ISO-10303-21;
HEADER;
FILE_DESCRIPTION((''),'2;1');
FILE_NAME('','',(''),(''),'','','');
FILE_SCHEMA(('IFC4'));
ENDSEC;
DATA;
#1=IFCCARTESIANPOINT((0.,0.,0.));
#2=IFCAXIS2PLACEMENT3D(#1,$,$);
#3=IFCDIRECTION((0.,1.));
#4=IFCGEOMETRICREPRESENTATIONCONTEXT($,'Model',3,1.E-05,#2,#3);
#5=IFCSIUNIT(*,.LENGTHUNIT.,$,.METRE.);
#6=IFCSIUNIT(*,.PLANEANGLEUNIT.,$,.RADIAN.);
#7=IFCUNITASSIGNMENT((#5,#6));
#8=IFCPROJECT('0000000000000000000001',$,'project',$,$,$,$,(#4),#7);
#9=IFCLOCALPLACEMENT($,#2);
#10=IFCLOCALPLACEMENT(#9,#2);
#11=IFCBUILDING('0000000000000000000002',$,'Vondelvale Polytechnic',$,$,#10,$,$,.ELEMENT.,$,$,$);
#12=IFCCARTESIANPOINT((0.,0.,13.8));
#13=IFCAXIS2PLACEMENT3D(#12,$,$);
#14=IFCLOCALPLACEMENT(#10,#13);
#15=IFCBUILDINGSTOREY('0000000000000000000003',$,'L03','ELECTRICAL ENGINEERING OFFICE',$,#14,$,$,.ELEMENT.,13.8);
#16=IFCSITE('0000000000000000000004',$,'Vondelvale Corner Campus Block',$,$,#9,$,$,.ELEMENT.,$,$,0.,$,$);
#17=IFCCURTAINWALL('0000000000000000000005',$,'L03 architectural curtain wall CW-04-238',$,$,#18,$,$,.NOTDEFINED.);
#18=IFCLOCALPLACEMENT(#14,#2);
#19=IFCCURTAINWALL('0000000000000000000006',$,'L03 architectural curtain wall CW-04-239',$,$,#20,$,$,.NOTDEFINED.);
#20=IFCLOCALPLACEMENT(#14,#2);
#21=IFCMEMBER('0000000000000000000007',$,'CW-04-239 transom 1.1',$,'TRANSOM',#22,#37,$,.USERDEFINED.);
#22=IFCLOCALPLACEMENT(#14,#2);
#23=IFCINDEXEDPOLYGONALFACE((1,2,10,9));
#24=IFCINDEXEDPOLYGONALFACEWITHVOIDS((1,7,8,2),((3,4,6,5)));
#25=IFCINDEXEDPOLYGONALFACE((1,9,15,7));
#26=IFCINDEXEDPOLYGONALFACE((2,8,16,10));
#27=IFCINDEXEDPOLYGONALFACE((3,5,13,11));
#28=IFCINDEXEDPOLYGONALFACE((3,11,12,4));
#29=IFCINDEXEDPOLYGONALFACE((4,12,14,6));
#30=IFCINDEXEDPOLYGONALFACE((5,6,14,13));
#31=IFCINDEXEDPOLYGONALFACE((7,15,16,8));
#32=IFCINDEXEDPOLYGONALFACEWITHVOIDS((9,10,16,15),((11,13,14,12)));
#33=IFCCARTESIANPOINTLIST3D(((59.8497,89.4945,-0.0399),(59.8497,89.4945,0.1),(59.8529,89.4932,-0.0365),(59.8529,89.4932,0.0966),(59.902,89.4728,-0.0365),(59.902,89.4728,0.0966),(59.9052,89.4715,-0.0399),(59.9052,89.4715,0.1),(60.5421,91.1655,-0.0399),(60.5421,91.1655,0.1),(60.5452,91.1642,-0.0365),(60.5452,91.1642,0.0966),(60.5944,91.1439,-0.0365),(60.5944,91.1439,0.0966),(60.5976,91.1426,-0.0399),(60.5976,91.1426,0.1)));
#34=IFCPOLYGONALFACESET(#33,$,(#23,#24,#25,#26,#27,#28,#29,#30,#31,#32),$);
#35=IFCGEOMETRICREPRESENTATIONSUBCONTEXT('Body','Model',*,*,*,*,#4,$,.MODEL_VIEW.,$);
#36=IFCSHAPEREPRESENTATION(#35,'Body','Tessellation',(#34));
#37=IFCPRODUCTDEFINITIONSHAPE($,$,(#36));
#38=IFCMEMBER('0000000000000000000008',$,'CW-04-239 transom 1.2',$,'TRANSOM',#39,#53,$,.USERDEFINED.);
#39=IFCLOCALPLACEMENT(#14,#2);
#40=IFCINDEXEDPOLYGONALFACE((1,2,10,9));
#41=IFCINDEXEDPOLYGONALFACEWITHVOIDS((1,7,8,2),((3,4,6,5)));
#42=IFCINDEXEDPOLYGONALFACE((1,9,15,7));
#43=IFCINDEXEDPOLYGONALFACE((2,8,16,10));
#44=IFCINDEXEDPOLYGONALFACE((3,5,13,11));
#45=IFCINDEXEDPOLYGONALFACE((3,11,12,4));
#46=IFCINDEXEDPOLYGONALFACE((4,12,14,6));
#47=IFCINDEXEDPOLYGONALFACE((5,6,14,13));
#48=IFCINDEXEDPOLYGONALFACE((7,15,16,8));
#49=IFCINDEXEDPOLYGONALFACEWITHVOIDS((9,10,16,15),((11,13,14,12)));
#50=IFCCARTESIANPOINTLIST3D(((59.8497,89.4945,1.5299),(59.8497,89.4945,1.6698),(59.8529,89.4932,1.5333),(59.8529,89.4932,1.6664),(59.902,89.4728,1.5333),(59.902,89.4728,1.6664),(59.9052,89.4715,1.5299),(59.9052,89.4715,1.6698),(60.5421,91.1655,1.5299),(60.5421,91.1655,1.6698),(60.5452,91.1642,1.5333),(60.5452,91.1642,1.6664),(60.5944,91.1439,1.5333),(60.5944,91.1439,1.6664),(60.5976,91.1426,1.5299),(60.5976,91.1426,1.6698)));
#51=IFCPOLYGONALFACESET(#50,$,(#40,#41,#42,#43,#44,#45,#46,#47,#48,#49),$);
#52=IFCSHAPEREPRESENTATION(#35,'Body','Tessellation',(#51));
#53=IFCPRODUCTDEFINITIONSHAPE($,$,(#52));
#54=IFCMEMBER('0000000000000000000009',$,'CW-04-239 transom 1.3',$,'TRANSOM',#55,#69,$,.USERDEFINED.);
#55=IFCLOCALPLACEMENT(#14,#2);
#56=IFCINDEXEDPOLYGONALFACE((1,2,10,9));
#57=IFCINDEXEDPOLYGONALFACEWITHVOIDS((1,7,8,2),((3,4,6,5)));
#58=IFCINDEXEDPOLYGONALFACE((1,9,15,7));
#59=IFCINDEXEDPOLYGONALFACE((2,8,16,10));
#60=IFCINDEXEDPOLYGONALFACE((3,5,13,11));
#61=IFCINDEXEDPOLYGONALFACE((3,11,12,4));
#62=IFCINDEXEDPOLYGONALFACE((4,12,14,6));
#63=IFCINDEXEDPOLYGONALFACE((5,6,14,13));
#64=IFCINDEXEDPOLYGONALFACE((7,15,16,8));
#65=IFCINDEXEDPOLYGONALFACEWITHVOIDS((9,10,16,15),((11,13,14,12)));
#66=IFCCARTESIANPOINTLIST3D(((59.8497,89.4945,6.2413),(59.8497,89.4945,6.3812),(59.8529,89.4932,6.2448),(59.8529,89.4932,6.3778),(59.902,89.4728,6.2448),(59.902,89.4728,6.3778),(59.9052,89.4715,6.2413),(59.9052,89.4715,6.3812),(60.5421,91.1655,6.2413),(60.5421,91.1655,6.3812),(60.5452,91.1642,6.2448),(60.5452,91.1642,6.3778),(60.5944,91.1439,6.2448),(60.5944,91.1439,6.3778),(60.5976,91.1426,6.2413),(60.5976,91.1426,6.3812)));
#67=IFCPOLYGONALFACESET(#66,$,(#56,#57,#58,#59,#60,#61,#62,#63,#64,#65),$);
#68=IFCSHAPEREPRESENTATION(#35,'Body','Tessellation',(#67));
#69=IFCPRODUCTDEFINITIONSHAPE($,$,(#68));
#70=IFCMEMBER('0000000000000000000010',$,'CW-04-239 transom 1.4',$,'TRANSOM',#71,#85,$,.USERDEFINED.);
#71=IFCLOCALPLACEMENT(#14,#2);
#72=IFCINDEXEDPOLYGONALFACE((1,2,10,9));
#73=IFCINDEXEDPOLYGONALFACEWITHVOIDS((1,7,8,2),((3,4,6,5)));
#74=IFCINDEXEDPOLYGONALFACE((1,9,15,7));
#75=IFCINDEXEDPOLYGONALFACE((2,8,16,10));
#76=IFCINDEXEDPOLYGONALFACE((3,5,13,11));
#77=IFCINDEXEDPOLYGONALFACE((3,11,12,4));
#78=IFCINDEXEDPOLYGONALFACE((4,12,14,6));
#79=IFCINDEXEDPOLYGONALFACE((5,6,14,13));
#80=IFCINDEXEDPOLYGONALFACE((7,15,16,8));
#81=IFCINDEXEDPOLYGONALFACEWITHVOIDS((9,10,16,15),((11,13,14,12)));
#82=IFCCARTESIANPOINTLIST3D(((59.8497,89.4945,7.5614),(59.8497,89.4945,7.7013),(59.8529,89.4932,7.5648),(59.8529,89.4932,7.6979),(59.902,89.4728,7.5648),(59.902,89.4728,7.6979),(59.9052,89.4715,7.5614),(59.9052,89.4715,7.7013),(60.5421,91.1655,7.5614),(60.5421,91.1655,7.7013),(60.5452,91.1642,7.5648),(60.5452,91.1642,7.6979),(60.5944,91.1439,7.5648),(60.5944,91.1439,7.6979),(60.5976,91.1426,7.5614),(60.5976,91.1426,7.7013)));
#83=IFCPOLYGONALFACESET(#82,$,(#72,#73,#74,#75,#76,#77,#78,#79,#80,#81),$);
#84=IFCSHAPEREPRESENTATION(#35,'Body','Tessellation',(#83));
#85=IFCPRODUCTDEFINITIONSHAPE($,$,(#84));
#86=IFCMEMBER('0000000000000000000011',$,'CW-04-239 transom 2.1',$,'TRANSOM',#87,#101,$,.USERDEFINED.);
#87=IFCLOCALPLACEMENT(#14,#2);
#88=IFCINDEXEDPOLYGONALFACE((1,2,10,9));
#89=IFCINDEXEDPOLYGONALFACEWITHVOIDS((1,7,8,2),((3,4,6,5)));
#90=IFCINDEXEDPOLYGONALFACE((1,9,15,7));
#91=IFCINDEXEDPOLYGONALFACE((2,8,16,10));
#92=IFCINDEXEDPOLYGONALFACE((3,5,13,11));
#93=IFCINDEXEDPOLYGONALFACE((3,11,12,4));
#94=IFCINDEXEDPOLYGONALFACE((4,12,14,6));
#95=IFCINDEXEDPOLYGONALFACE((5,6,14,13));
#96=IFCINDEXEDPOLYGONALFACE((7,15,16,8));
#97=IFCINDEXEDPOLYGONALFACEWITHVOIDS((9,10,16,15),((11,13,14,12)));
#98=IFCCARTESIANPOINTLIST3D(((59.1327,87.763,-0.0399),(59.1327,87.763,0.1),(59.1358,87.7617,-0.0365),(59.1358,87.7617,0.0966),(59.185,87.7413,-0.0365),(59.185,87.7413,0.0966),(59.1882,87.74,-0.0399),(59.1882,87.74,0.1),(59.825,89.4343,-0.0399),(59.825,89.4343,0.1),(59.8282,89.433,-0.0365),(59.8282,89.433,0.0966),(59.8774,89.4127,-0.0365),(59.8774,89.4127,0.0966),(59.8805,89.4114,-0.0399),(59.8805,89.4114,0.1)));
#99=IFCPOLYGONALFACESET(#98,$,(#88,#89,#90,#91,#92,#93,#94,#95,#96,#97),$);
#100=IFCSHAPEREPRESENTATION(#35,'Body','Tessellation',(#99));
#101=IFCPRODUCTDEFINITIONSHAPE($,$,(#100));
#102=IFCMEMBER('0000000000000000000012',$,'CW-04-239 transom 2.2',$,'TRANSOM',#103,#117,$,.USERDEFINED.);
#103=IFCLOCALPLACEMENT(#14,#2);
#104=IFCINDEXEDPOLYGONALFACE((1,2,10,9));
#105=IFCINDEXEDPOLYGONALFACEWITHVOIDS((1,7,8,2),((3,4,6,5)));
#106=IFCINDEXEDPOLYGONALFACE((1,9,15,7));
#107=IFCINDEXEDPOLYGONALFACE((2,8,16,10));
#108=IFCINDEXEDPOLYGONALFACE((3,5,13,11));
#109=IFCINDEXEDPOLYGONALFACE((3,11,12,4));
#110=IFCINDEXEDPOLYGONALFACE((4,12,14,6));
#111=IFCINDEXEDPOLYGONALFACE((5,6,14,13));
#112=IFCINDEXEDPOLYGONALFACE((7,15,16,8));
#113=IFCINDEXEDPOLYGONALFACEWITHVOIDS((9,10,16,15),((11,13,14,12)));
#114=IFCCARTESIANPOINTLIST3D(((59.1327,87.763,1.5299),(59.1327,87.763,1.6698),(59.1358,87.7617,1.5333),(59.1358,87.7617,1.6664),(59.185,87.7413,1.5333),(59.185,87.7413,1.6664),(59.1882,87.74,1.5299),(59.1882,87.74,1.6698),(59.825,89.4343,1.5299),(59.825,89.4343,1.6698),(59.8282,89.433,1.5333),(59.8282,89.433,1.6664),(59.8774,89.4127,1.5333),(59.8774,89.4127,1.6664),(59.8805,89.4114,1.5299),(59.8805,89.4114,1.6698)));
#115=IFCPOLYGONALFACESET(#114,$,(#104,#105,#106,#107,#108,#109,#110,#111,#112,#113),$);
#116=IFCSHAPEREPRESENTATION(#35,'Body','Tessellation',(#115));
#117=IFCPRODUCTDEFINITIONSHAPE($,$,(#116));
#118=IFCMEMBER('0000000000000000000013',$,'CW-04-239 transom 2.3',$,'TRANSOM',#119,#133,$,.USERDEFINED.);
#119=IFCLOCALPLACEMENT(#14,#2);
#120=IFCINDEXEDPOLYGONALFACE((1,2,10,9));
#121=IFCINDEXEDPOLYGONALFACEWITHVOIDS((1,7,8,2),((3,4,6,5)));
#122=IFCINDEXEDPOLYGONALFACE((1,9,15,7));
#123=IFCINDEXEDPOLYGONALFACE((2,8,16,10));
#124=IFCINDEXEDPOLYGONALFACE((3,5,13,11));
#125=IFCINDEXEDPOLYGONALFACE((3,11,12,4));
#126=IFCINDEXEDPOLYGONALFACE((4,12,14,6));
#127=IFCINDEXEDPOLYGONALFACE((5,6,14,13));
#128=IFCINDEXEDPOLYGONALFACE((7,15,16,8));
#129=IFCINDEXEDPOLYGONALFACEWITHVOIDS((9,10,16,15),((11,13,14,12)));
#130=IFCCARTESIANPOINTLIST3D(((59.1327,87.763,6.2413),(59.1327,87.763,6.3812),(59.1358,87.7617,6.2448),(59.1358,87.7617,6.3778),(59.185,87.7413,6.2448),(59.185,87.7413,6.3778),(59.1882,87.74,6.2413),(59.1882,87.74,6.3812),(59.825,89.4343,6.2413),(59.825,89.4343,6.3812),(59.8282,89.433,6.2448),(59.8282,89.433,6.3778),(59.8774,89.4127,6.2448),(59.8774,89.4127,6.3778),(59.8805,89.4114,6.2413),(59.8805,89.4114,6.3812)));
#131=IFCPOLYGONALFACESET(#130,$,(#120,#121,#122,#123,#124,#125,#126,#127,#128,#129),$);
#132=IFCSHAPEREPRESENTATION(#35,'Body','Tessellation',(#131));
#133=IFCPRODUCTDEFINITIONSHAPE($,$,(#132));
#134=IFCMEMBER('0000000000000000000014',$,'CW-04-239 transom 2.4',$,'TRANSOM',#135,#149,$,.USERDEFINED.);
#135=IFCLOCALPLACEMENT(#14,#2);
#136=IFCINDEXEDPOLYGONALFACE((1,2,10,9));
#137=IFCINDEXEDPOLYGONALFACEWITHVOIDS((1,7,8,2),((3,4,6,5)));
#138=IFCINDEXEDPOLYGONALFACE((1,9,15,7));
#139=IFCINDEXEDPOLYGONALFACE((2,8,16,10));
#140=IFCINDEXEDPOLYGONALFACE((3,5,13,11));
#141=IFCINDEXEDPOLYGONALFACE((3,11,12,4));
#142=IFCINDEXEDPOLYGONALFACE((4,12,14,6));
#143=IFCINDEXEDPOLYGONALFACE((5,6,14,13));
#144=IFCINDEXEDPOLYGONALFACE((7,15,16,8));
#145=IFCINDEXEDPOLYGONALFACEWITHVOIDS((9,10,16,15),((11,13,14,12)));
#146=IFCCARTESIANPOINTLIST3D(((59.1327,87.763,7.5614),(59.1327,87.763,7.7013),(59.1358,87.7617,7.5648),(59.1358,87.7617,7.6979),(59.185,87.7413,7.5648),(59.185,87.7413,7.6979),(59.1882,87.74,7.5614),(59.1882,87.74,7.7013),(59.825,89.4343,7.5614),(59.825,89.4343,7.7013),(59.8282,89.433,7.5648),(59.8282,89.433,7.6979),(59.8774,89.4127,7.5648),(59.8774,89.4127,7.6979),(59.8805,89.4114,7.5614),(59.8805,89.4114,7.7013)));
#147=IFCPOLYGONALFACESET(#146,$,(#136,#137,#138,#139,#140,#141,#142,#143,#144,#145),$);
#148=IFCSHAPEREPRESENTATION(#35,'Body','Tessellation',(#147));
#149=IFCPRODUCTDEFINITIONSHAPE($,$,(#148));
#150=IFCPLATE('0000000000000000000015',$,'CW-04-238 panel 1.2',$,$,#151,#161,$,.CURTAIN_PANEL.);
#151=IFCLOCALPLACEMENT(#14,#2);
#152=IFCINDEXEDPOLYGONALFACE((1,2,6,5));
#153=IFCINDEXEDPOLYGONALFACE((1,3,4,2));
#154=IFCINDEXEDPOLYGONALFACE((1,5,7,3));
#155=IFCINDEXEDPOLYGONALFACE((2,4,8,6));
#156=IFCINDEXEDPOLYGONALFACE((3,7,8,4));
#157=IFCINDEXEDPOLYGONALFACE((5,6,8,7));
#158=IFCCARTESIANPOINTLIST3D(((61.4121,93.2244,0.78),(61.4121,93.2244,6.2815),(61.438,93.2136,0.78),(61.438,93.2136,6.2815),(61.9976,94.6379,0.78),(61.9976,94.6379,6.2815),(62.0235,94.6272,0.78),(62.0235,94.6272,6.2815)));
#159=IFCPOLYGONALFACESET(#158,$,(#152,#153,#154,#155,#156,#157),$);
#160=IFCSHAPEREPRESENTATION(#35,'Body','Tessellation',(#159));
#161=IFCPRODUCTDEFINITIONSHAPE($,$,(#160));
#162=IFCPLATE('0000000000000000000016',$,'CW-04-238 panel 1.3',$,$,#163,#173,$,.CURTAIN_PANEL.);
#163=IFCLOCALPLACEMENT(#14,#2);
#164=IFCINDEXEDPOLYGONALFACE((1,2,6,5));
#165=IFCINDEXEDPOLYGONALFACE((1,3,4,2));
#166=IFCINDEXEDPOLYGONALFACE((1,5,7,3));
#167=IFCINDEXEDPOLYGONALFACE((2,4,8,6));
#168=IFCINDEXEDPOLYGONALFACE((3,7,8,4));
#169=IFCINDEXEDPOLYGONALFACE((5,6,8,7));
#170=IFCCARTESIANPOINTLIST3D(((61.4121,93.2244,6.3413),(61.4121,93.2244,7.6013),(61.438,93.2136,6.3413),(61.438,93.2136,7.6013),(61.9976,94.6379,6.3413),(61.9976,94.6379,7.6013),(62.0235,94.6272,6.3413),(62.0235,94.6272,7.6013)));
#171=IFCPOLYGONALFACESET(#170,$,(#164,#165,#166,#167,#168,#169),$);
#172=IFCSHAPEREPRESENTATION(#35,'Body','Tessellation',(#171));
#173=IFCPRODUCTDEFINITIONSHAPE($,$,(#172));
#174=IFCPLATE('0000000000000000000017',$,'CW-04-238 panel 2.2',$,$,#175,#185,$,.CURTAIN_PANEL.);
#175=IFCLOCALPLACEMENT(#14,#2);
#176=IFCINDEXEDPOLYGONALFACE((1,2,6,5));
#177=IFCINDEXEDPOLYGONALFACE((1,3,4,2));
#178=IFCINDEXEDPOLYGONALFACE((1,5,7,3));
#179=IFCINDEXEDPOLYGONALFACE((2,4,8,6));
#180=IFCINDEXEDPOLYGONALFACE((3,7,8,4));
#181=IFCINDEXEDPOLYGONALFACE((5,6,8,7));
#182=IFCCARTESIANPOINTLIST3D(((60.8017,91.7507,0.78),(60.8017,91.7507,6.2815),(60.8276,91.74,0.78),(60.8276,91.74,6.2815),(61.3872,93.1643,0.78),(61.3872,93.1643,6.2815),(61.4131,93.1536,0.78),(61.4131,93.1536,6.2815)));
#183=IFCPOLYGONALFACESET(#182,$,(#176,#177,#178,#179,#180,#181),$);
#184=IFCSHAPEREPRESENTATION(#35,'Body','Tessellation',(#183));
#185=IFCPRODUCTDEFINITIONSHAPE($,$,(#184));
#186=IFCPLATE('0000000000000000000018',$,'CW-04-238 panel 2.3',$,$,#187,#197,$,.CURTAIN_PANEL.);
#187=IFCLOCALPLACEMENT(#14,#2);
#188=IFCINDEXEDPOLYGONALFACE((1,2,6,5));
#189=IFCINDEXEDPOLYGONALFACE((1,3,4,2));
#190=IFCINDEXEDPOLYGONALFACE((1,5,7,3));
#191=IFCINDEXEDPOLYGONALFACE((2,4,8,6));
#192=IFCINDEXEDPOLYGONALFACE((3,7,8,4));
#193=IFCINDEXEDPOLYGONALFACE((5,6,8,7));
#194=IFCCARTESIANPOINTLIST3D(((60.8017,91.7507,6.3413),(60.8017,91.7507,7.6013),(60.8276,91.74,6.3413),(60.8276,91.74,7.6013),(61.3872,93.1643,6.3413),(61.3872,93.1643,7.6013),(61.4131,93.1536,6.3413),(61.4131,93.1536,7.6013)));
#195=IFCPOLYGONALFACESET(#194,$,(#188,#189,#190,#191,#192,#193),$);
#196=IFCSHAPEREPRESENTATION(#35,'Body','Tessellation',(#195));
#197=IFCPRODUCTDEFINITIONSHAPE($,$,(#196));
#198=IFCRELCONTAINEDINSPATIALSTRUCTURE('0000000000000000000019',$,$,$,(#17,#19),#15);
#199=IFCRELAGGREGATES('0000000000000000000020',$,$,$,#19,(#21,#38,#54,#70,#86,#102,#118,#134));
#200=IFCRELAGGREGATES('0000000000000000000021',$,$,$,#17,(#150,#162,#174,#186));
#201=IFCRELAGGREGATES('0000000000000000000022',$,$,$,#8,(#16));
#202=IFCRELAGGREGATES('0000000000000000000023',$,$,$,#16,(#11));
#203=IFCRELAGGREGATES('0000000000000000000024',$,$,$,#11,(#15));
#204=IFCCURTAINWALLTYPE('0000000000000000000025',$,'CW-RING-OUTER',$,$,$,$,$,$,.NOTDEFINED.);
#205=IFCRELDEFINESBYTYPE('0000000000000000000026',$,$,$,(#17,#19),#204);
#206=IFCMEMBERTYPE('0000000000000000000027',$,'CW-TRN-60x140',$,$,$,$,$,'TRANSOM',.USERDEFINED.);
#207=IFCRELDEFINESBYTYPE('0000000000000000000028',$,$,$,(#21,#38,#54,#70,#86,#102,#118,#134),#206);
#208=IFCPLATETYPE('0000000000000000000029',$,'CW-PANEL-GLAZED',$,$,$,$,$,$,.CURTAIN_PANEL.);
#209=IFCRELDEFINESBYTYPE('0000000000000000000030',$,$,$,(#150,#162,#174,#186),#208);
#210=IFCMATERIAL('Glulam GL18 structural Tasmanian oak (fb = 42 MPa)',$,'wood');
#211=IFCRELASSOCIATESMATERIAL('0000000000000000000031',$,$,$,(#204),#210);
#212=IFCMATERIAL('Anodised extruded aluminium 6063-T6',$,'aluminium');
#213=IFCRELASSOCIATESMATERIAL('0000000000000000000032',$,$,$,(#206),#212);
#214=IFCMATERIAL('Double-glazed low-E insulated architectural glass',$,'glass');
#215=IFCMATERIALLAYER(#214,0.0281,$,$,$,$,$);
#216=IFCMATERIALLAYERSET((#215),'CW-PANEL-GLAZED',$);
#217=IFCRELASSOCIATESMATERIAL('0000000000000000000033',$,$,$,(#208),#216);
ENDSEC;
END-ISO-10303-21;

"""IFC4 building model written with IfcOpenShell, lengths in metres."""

from ifc_helpers import new_model, si_unit, direction, frame, origin, origin_2d, place, context, subcontext, project, spatial, rectangle, hollow_rectangle, extrude, material, layer, layer_set, material_profile, profile_set, type_object, element, aggregate, save


model = new_model("IFC4")

# Units and contexts
model_context = context("Model", 3, precision=1e-05, world=origin(), true_north=direction((0.0, 1.0)))
body_context = subcontext(model_context, "Body", "Model", "MODEL_VIEW")
ifc_project = project(units=[si_unit("LENGTHUNIT", "METRE"), si_unit("PLANEANGLEUNIT", "RADIAN")], contexts=[model_context])

# Site, building, storey
site_placement = place(None, origin())
site = spatial("IfcSite", under=ifc_project, at=site_placement, Name="Vondelvale Corner Campus Block", CompositionType="ELEMENT", RefElevation=0.0)
building_placement = place(site_placement, origin())
building = spatial("IfcBuilding", under=site, at=building_placement, Name="Vondelvale Polytechnic", CompositionType="ELEMENT")
storey_placement = place(building_placement, frame((0.0, 0.0, 13.8)))
storey = spatial("IfcBuildingStorey", under=building, at=storey_placement, Name="L03", Description="ELECTRICAL ENGINEERING OFFICE", CompositionType="ELEMENT", Elevation=13.8)

# Shared definitions
ifc_material_1 = material(Name="Glulam GL18 structural Tasmanian oak (fb = 42 MPa)", Category="wood")

# Curtain walls
curtain_wall_type = type_object("IfcCurtainWallType", Name="CW-RING-OUTER", PredefinedType="NOTDEFINED", material=ifc_material_1)
curtain_wall_1_placement = place(storey_placement, origin())
curtain_wall_1 = element("IfcCurtainWall", 1, at=curtain_wall_1_placement, inside=storey, type_object=curtain_wall_type, Name="L03 architectural curtain wall CW-04-238", PredefinedType="NOTDEFINED")
ifc_material_2 = material(Name="Anodised extruded aluminium 6063-T6", Category="aluminium")
curtain_wall_2_placement = place(storey_placement, origin())
curtain_wall_2 = element("IfcCurtainWall", 2, at=curtain_wall_2_placement, inside=storey, type_object=curtain_wall_type, Name="L03 architectural curtain wall CW-04-239", PredefinedType="NOTDEFINED")

# Members
ifc_material_profile_1 = material_profile(ifc_material_2, hollow_rectangle(XDim=0.0601, YDim=0.1399, WallThickness=0.0034, at=origin_2d()), Name="CW-TRN-140x60")
ifc_profile_set_1 = profile_set([ifc_material_profile_1], Name="Anodised extruded aluminium 6063-T6")
member_type_1 = type_object("IfcMemberType", Name="CW-TRN-60x140", ElementType="TRANSOM", PredefinedType="USERDEFINED", material=ifc_profile_set_1)
member_1_placement = place(storey_placement, frame((60.5698, 91.1541, 0.03), z_axis=(-0.382765, -0.923846, 0.0), x_axis=(0.923846, -0.382765, 0.0)))
member_1 = element("IfcMember", 3, at=member_1_placement, type_object=member_type_1, Name="CW-04-239 transom 1.1", ObjectType="TRANSOM", PredefinedType="USERDEFINED", context=body_context, shape_type="SweptSolid", body=[
    extrude(hollow_rectangle(XDim=0.0601, YDim=0.1399, WallThickness=0.0034, at=origin_2d()), origin(), (0.0, 0.0, 1.0), 1.8088),
])
member_2_placement = place(storey_placement, frame((60.5698, 91.1541, 1.5999), z_axis=(-0.382765, -0.923846, 0.0), x_axis=(0.923846, -0.382765, 0.0)))
member_2 = element("IfcMember", 4, at=member_2_placement, type_object=member_type_1, Name="CW-04-239 transom 1.2", ObjectType="TRANSOM", PredefinedType="USERDEFINED", context=body_context, shape_type="SweptSolid", body=[
    extrude(hollow_rectangle(XDim=0.0601, YDim=0.1399, WallThickness=0.0034, at=origin_2d()), origin(), (0.0, 0.0, 1.0), 1.8088),
])
member_3_placement = place(storey_placement, frame((60.5698, 91.1541, 6.3113), z_axis=(-0.382765, -0.923846, 0.0), x_axis=(0.923846, -0.382765, 0.0)))
member_3 = element("IfcMember", 5, at=member_3_placement, type_object=member_type_1, Name="CW-04-239 transom 1.3", ObjectType="TRANSOM", PredefinedType="USERDEFINED", context=body_context, shape_type="SweptSolid", body=[
    extrude(hollow_rectangle(XDim=0.0601, YDim=0.1399, WallThickness=0.0034, at=origin_2d()), origin(), (0.0, 0.0, 1.0), 1.8088),
])
member_4_placement = place(storey_placement, frame((60.5698, 91.1541, 7.6313), z_axis=(-0.382765, -0.923846, 0.0), x_axis=(0.923846, -0.382765, 0.0)))
member_4 = element("IfcMember", 6, at=member_4_placement, type_object=member_type_1, Name="CW-04-239 transom 1.4", ObjectType="TRANSOM", PredefinedType="USERDEFINED", context=body_context, shape_type="SweptSolid", body=[
    extrude(hollow_rectangle(XDim=0.0601, YDim=0.1399, WallThickness=0.0034, at=origin_2d()), origin(), (0.0, 0.0, 1.0), 1.8088),
])
member_5_placement = place(storey_placement, frame((59.8528, 89.4229, 0.03), z_axis=(-0.382717, -0.923866, 0.0), x_axis=(0.923866, -0.382717, 0.0)))
member_5 = element("IfcMember", 7, at=member_5_placement, type_object=member_type_1, Name="CW-04-239 transom 2.1", ObjectType="TRANSOM", PredefinedType="USERDEFINED", context=body_context, shape_type="SweptSolid", body=[
    extrude(hollow_rectangle(XDim=0.0601, YDim=0.1399, WallThickness=0.0034, at=origin_2d()), origin(), (0.0, 0.0, 1.0), 1.8091),
])
member_6_placement = place(storey_placement, frame((59.8528, 89.4229, 1.5999), z_axis=(-0.382717, -0.923866, 0.0), x_axis=(0.923866, -0.382717, 0.0)))
member_6 = element("IfcMember", 8, at=member_6_placement, type_object=member_type_1, Name="CW-04-239 transom 2.2", ObjectType="TRANSOM", PredefinedType="USERDEFINED", context=body_context, shape_type="SweptSolid", body=[
    extrude(hollow_rectangle(XDim=0.0601, YDim=0.1399, WallThickness=0.0034, at=origin_2d()), origin(), (0.0, 0.0, 1.0), 1.8091),
])
member_7_placement = place(storey_placement, frame((59.8528, 89.4229, 6.3113), z_axis=(-0.382717, -0.923866, 0.0), x_axis=(0.923866, -0.382717, 0.0)))
member_7 = element("IfcMember", 9, at=member_7_placement, type_object=member_type_1, Name="CW-04-239 transom 2.3", ObjectType="TRANSOM", PredefinedType="USERDEFINED", context=body_context, shape_type="SweptSolid", body=[
    extrude(hollow_rectangle(XDim=0.0601, YDim=0.1399, WallThickness=0.0034, at=origin_2d()), origin(), (0.0, 0.0, 1.0), 1.8091),
])
member_8_placement = place(storey_placement, frame((59.8528, 89.4229, 7.6313), z_axis=(-0.382717, -0.923866, 0.0), x_axis=(0.923866, -0.382717, 0.0)))
member_8 = element("IfcMember", 10, at=member_8_placement, type_object=member_type_1, Name="CW-04-239 transom 2.4", ObjectType="TRANSOM", PredefinedType="USERDEFINED", context=body_context, shape_type="SweptSolid", body=[
    extrude(hollow_rectangle(XDim=0.0601, YDim=0.1399, WallThickness=0.0034, at=origin_2d()), origin(), (0.0, 0.0, 1.0), 1.8091),
])

# Plates
ifc_material_3 = material(Name="Double-glazed low-E insulated architectural glass", Category="glass")
ifc_layer_1 = layer(ifc_material_3, 0.0281)
ifc_layer_set_1 = layer_set([ifc_layer_1], Name="CW-PANEL-GLAZED")
plate_type_1 = type_object("IfcPlateType", Name="CW-PANEL-GLAZED", PredefinedType="CURTAIN_PANEL", material=ifc_layer_set_1)
plate_1_placement = place(storey_placement, frame((61.7178, 93.9258, 0.78), z_axis=(0.0, 0.0, 1.0), x_axis=(-0.382677, -0.923882, 0.0)))
plate_1 = element("IfcPlate", 11, at=plate_1_placement, type_object=plate_type_1, Name="CW-04-238 panel 1.2", PredefinedType="CURTAIN_PANEL", context=body_context, shape_type="SweptSolid", body=[
    extrude(rectangle(XDim=1.53, YDim=0.0281, at=origin_2d()), origin(), (0.0, 0.0, 1.0), 5.5015),
])
plate_2_placement = place(storey_placement, frame((61.7178, 93.9258, 6.3413), z_axis=(0.0, 0.0, 1.0), x_axis=(-0.382677, -0.923882, 0.0)))
plate_2 = element("IfcPlate", 12, at=plate_2_placement, type_object=plate_type_1, Name="CW-04-238 panel 1.3", PredefinedType="CURTAIN_PANEL", context=body_context, shape_type="SweptSolid", body=[
    extrude(rectangle(XDim=1.53, YDim=0.0281, at=origin_2d()), origin(), (0.0, 0.0, 1.0), 1.26),
])
plate_3_placement = place(storey_placement, frame((61.1074, 92.4521, 0.78), z_axis=(0.0, 0.0, 1.0), x_axis=(-0.382677, -0.923882, 0.0)))
plate_3 = element("IfcPlate", 13, at=plate_3_placement, type_object=plate_type_1, Name="CW-04-238 panel 2.2", PredefinedType="CURTAIN_PANEL", context=body_context, shape_type="SweptSolid", body=[
    extrude(rectangle(XDim=1.53, YDim=0.0281, at=origin_2d()), origin(), (0.0, 0.0, 1.0), 5.5015),
])
plate_4_placement = place(storey_placement, frame((61.1074, 92.4521, 6.3413), z_axis=(0.0, 0.0, 1.0), x_axis=(-0.382677, -0.923882, 0.0)))
plate_4 = element("IfcPlate", 14, at=plate_4_placement, type_object=plate_type_1, Name="CW-04-238 panel 2.3", PredefinedType="CURTAIN_PANEL", context=body_context, shape_type="SweptSolid", body=[
    extrude(rectangle(XDim=1.53, YDim=0.0281, at=origin_2d()), origin(), (0.0, 0.0, 1.0), 1.26),
])
aggregate(curtain_wall_2, [member_1, member_2, member_3, member_4, member_5, member_6, member_7, member_8])
aggregate(curtain_wall_1, [plate_1, plate_2, plate_3, plate_4])

save(model, "model.ifc")
